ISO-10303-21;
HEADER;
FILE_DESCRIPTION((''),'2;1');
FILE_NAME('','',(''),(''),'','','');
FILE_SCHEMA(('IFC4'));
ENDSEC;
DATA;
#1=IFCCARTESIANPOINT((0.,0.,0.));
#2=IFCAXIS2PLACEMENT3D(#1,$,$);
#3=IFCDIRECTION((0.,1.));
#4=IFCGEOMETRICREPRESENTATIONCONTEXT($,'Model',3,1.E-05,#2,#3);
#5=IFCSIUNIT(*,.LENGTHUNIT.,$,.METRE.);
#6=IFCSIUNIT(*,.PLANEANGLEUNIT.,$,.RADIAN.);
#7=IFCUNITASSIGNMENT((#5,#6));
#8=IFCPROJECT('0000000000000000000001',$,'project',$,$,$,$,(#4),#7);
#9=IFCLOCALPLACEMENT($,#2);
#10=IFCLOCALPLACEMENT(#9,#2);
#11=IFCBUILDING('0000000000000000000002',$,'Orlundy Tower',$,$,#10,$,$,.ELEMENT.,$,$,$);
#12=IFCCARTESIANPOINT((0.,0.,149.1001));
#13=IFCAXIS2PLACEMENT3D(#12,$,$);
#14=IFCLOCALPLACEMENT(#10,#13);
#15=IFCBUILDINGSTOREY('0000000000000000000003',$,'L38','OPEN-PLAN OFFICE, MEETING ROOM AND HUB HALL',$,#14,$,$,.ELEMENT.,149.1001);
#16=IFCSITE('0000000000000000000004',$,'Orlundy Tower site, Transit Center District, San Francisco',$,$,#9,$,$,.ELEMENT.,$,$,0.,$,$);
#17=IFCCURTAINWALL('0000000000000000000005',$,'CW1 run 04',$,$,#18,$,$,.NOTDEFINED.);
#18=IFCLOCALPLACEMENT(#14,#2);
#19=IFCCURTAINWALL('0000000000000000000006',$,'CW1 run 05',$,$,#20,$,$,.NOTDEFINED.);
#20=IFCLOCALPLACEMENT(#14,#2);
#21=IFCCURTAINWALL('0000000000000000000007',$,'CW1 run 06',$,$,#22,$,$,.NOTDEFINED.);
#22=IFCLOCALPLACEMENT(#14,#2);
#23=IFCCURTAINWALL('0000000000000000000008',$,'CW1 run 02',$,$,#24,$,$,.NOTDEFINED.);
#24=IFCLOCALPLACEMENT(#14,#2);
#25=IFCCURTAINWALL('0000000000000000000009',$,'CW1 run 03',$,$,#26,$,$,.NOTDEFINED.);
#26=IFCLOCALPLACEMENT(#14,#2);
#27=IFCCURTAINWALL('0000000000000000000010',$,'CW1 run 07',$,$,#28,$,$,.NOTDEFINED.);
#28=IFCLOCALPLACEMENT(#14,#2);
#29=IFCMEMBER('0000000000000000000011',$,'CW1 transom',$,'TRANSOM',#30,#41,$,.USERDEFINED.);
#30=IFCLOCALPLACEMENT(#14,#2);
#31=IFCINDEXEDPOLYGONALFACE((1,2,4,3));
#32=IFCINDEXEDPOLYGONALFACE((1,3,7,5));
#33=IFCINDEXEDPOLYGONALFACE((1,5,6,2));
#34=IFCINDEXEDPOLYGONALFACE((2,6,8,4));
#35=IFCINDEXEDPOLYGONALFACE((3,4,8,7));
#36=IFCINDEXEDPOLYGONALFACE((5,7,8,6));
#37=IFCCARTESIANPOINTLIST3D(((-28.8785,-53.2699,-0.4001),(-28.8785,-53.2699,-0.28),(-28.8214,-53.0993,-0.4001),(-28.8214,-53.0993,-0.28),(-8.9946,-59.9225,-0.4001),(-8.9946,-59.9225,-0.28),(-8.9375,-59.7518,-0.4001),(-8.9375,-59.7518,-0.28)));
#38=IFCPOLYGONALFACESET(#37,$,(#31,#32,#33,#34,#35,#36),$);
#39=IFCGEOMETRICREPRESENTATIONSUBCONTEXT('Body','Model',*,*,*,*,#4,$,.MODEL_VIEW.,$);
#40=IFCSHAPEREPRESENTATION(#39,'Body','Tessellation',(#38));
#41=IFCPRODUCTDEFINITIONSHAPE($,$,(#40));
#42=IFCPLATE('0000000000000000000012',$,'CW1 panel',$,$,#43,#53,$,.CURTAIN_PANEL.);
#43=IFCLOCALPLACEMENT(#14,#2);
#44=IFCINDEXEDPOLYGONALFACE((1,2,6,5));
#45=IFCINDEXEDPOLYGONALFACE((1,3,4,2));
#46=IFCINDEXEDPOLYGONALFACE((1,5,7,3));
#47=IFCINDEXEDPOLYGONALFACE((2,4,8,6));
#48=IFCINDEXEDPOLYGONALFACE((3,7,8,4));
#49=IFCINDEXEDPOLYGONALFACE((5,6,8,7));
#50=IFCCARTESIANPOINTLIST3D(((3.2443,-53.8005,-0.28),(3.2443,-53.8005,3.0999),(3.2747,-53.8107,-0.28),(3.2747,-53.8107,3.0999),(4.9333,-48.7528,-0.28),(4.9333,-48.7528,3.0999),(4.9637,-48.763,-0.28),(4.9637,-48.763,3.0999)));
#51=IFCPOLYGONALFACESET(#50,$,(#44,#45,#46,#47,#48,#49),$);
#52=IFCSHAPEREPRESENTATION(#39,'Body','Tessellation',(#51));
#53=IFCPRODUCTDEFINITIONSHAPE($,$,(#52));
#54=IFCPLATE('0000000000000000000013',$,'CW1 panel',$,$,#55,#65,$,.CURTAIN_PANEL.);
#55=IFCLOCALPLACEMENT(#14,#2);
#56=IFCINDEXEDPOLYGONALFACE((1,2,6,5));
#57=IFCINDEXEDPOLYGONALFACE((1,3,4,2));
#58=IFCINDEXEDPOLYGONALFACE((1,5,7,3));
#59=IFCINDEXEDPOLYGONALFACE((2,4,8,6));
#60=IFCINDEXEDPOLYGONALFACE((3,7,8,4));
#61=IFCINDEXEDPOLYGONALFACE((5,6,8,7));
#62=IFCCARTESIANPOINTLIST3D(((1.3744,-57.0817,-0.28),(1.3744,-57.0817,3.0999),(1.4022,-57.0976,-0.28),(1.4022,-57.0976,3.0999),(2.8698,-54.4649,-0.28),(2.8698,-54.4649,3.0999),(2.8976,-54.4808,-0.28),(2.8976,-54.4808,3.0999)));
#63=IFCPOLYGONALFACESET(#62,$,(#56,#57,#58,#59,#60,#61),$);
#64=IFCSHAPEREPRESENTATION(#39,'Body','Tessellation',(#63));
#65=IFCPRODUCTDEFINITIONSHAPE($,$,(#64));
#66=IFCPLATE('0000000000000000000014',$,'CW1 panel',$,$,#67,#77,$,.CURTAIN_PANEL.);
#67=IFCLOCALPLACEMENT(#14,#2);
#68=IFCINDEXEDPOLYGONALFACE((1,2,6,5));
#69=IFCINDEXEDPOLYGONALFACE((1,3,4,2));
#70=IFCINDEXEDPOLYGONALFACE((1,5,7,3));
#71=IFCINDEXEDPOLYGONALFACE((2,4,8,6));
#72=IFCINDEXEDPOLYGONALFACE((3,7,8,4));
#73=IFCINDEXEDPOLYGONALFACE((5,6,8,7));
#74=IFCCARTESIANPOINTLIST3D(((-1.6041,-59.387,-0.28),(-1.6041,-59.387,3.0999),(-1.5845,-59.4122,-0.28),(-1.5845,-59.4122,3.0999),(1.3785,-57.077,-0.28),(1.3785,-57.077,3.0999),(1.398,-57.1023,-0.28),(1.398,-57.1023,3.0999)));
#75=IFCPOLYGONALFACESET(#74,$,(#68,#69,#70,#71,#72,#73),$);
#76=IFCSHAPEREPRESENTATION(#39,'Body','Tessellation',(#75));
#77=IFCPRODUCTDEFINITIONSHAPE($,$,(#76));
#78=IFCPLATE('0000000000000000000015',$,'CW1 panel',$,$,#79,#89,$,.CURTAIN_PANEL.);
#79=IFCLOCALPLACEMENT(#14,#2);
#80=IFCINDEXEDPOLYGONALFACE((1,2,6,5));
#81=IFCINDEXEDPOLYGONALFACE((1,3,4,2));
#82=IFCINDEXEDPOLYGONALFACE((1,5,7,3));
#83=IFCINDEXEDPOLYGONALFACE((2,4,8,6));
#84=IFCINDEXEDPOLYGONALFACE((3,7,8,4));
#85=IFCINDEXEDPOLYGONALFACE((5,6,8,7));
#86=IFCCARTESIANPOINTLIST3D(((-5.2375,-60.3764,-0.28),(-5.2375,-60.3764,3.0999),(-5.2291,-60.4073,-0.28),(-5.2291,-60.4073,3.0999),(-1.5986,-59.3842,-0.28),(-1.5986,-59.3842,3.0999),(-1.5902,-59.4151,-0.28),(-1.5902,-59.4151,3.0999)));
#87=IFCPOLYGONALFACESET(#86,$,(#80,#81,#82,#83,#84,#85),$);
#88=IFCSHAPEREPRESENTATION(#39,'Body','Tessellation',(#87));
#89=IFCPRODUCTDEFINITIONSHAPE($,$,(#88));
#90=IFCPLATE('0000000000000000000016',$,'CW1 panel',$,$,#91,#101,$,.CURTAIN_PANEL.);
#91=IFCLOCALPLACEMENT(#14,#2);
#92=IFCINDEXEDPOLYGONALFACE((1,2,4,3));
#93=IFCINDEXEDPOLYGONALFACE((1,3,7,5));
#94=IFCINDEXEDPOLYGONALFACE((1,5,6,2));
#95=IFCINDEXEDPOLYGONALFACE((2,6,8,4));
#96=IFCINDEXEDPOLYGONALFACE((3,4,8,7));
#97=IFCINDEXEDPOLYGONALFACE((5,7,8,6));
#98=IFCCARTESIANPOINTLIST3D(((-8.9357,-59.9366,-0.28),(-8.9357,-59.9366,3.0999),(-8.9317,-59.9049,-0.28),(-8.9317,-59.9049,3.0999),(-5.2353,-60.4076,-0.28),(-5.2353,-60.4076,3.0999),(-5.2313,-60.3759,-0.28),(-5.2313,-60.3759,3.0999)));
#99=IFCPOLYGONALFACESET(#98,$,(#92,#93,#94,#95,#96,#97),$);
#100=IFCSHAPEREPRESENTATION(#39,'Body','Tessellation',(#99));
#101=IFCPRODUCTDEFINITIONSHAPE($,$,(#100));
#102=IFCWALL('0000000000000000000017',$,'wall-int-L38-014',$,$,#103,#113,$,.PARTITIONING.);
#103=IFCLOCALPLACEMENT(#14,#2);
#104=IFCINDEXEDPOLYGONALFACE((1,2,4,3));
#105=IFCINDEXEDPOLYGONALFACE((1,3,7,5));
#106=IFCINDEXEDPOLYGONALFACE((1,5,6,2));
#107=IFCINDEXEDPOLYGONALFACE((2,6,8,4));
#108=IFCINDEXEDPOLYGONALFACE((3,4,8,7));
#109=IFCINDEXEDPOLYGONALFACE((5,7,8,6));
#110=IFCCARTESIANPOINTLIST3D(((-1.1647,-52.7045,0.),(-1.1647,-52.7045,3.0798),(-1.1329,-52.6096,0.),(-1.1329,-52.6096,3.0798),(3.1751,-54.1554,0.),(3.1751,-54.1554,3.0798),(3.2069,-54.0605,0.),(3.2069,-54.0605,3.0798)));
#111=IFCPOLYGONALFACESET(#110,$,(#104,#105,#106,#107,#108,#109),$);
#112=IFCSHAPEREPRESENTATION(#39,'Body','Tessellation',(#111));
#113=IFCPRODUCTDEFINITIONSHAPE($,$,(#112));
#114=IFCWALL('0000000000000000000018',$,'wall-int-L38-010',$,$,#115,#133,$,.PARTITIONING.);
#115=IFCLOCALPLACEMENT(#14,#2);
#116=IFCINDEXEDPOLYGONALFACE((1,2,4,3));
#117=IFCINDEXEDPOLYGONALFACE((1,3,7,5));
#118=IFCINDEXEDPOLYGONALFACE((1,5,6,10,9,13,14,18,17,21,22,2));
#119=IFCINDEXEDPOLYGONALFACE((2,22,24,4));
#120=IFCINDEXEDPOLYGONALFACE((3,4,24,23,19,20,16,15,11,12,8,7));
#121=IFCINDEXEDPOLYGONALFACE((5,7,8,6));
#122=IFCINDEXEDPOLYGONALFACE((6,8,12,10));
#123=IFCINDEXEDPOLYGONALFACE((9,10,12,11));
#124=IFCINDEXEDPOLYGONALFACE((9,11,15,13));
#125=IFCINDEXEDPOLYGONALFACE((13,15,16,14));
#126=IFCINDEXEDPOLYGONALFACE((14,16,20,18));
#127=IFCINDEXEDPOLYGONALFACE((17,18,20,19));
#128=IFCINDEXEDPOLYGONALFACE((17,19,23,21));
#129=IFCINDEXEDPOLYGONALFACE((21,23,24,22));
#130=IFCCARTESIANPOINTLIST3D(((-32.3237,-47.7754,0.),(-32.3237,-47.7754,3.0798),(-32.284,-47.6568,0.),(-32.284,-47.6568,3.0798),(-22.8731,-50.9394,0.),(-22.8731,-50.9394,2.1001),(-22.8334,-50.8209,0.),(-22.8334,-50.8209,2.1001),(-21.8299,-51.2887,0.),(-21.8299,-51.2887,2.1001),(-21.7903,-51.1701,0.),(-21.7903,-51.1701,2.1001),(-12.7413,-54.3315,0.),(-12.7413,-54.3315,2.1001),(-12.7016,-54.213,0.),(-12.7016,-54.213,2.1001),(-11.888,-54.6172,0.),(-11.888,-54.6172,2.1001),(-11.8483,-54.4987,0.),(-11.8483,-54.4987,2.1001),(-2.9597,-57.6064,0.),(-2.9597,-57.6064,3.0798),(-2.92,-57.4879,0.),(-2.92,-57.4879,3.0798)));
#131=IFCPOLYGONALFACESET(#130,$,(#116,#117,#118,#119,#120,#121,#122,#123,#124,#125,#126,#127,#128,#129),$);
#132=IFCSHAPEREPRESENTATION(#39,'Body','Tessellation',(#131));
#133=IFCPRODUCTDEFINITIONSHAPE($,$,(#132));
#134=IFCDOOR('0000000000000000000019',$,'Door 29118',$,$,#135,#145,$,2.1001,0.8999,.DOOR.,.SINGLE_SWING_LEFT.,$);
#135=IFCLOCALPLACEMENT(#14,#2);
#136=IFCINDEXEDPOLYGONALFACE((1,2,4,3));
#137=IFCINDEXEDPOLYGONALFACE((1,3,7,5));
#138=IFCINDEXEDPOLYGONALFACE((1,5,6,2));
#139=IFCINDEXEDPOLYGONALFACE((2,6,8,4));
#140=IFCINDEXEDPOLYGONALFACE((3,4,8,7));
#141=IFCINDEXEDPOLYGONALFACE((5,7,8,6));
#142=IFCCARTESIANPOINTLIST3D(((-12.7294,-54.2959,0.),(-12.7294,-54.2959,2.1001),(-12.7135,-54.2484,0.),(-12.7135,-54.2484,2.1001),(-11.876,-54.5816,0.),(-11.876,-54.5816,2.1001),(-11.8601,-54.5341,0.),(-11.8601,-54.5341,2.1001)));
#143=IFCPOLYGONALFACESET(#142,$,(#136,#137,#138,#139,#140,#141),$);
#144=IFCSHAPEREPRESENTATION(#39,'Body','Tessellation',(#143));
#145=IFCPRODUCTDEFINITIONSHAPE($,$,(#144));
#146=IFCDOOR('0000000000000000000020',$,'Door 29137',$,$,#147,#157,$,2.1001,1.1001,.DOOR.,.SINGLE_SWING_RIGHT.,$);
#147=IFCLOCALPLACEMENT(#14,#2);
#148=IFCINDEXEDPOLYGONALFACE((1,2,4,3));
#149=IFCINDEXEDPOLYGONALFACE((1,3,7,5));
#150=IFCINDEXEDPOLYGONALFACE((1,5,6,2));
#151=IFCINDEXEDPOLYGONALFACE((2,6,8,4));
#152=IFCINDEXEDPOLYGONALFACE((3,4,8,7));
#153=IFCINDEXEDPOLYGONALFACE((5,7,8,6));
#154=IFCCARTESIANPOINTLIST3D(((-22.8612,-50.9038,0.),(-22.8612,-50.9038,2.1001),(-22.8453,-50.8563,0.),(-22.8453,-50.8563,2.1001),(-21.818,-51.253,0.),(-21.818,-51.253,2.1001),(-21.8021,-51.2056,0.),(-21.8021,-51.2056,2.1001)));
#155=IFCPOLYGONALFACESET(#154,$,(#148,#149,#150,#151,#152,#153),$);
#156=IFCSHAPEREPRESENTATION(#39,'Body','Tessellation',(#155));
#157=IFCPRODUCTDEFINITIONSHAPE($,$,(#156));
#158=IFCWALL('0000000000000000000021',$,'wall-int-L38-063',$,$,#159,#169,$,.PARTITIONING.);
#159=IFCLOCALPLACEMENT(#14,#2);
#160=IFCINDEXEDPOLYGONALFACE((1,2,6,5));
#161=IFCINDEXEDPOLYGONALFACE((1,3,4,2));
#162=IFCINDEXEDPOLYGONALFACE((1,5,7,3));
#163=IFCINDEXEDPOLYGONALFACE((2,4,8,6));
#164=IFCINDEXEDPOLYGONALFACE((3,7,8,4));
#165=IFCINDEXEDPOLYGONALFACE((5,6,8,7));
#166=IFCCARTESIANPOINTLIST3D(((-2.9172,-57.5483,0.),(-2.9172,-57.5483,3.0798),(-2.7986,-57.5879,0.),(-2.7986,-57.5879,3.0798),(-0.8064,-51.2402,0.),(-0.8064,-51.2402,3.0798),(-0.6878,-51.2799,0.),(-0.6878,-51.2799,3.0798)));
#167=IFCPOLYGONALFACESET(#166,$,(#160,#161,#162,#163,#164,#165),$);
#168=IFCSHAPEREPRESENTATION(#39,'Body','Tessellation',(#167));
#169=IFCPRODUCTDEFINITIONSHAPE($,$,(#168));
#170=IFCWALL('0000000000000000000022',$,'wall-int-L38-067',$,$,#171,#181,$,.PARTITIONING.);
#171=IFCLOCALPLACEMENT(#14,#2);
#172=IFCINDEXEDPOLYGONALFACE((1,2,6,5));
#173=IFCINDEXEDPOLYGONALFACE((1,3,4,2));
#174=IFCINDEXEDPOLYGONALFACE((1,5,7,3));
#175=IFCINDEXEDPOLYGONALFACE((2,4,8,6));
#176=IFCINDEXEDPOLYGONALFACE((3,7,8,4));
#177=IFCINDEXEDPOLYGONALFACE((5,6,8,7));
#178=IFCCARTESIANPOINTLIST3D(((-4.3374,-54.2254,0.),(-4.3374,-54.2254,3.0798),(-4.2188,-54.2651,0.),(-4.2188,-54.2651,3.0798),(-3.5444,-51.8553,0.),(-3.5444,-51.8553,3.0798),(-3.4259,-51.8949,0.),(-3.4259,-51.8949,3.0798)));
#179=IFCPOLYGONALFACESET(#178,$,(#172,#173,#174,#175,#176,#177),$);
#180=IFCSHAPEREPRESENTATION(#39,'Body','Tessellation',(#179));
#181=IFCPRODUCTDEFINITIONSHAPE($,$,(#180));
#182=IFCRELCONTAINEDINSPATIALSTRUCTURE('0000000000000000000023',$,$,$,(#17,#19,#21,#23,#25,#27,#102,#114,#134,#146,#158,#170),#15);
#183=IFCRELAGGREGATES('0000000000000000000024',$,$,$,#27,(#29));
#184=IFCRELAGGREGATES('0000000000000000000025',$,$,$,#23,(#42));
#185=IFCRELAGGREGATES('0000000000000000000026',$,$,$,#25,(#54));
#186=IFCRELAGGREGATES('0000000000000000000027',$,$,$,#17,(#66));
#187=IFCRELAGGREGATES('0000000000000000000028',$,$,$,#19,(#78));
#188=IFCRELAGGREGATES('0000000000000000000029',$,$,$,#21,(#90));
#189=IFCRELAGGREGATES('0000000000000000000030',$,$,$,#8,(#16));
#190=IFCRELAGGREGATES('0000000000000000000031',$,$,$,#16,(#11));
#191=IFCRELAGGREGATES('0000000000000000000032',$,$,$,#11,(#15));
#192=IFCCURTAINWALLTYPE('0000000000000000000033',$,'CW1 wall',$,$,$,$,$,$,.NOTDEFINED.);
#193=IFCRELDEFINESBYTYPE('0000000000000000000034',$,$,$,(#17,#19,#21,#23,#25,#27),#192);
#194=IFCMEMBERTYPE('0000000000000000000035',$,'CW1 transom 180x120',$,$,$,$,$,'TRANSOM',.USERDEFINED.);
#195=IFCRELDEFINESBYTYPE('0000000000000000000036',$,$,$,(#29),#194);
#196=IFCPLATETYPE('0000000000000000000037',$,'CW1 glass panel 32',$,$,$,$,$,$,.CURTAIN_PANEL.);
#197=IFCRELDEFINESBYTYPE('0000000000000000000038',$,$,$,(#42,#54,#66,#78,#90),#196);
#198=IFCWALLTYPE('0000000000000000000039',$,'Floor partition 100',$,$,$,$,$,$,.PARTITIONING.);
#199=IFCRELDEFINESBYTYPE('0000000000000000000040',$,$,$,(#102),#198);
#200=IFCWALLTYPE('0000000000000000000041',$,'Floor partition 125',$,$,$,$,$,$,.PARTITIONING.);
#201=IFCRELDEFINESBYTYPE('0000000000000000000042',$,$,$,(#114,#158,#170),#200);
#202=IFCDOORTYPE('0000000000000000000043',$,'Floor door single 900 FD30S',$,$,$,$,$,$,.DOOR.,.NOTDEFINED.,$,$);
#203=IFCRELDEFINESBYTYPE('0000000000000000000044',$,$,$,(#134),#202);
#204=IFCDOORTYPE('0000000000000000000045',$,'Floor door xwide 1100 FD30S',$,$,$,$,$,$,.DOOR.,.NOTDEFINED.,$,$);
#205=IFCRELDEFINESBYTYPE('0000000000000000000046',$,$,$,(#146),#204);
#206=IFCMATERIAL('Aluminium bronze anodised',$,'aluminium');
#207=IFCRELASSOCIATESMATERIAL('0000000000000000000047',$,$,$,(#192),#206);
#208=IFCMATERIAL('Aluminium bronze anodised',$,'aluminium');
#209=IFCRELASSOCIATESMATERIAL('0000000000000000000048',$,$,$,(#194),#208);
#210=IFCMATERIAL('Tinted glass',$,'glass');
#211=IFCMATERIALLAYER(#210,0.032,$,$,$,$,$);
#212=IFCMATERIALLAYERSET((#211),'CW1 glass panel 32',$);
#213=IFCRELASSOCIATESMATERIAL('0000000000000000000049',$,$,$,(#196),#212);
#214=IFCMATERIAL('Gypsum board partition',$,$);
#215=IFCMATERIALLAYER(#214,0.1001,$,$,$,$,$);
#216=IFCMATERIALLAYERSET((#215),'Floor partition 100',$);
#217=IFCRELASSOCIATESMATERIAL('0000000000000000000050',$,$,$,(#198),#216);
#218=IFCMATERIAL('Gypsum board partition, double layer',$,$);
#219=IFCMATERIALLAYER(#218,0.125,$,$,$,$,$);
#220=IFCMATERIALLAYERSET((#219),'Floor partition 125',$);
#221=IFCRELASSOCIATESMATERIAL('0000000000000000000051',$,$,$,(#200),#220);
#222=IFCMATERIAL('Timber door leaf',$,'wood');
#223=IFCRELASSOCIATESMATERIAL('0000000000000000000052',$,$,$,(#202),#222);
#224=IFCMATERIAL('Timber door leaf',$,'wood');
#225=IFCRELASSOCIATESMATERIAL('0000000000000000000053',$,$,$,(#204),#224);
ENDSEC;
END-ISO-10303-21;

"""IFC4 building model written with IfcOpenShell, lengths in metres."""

from ifc_helpers import new_model, si_unit, direction, frame, frame_2d, origin, origin_2d, place, context, subcontext, project, spatial, rectangle, extrude, material, layer, layer_set, material_profile, profile_set, type_object, element, fill, aggregate, save


model = new_model("IFC4")

# Units and contexts
model_context = context("Model", 3, precision=1e-05, world=origin(), true_north=direction((0.0, 1.0)))
body_context = subcontext(model_context, "Body", "Model", "MODEL_VIEW")
ifc_project = project(units=[si_unit("LENGTHUNIT", "METRE"), si_unit("PLANEANGLEUNIT", "RADIAN")], contexts=[model_context])

# Site, building, storey
site_placement = place(None, origin())
site = spatial("IfcSite", under=ifc_project, at=site_placement, Name="Orlundy Tower site, Transit Center District, San Francisco", CompositionType="ELEMENT", RefElevation=0.0)
building_placement = place(site_placement, origin())
building = spatial("IfcBuilding", under=site, at=building_placement, Name="Orlundy Tower", CompositionType="ELEMENT")
storey_placement = place(building_placement, frame((0.0, 0.0, 149.1001)))
storey = spatial("IfcBuildingStorey", under=building, at=storey_placement, Name="L38", Description="OPEN-PLAN OFFICE, MEETING ROOM AND HUB HALL", CompositionType="ELEMENT", Elevation=149.1001)

# Curtain walls
ifc_material_1 = material(Name="Aluminium bronze anodised", Category="aluminium")
curtain_wall_type = type_object("IfcCurtainWallType", Name="CW1 wall", PredefinedType="NOTDEFINED", material=ifc_material_1)
curtain_wall_1_placement = place(storey_placement, origin())
curtain_wall_1 = element("IfcCurtainWall", 1, at=curtain_wall_1_placement, inside=storey, type_object=curtain_wall_type, Name="CW1 run 04", PredefinedType="NOTDEFINED")
curtain_wall_2_placement = place(storey_placement, origin())
curtain_wall_2 = element("IfcCurtainWall", 2, at=curtain_wall_2_placement, inside=storey, type_object=curtain_wall_type, Name="CW1 run 05", PredefinedType="NOTDEFINED")
curtain_wall_3_placement = place(storey_placement, origin())
curtain_wall_3 = element("IfcCurtainWall", 3, at=curtain_wall_3_placement, inside=storey, type_object=curtain_wall_type, Name="CW1 run 06", PredefinedType="NOTDEFINED")
curtain_wall_4_placement = place(storey_placement, origin())
curtain_wall_4 = element("IfcCurtainWall", 4, at=curtain_wall_4_placement, inside=storey, type_object=curtain_wall_type, Name="CW1 run 02", PredefinedType="NOTDEFINED")
curtain_wall_5_placement = place(storey_placement, origin())
curtain_wall_5 = element("IfcCurtainWall", 5, at=curtain_wall_5_placement, inside=storey, type_object=curtain_wall_type, Name="CW1 run 03", PredefinedType="NOTDEFINED")
curtain_wall_6_placement = place(storey_placement, origin())
curtain_wall_6 = element("IfcCurtainWall", 6, at=curtain_wall_6_placement, inside=storey, type_object=curtain_wall_type, Name="CW1 run 07", PredefinedType="NOTDEFINED")

# Member
ifc_material_2 = material(Name="Aluminium bronze anodised", Category="aluminium")
ifc_material_profile_1 = material_profile(ifc_material_2, rectangle(XDim=0.1799, YDim=0.1201, at=origin_2d()), Name="CW1 transom 180x120")
ifc_profile_set_1 = profile_set([ifc_material_profile_1], Name="Aluminium bronze anodised")
member_type_1 = type_object("IfcMemberType", Name="CW1 transom 180x120", ElementType="TRANSOM", PredefinedType="USERDEFINED", material=ifc_profile_set_1)
member_1_placement = place(storey_placement, frame((-8.9661, -59.8372, -0.3401), z_axis=(-0.948331, 0.317283, 0.0), x_axis=(-0.317283, -0.948331, 0.0)))
member_1 = element("IfcMember", 7, at=member_1_placement, type_object=member_type_1, Name="CW1 transom", ObjectType="TRANSOM", PredefinedType="USERDEFINED", context=body_context, shape_type="SweptSolid", body=[
    extrude(rectangle(XDim=0.1799, YDim=0.1201, at=origin_2d()), origin(), (0.0, 0.0, 1.0), 20.9673),
])
aggregate(curtain_wall_6, [member_1])

# Plates
ifc_material_3 = material(Name="Tinted glass", Category="glass")
ifc_layer_1 = layer(ifc_material_3, 0.032)
ifc_layer_set_1 = layer_set([ifc_layer_1], Name="CW1 glass panel 32")
plate_type = type_object("IfcPlateType", Name="CW1 glass panel 32", PredefinedType="CURTAIN_PANEL", material=ifc_layer_set_1)
plate_1_placement = place(storey_placement, frame((4.104, -51.2817, -0.28), z_axis=(0.0, 0.0, 1.0), x_axis=(-0.317314, -0.948321, 0.0)))
plate_1 = element("IfcPlate", 8, at=plate_1_placement, type_object=plate_type, Name="CW1 panel", PredefinedType="CURTAIN_PANEL", context=body_context, shape_type="SweptSolid", body=[
    extrude(rectangle(XDim=5.3228, YDim=0.032, at=origin_2d()), origin(), (0.0, 0.0, 1.0), 3.3799),
])
aggregate(curtain_wall_4, [plate_1])
plate_2_placement = place(storey_placement, frame((2.136, -55.7812, -0.28), z_axis=(0.0, 0.0, 1.0), x_axis=(-0.496168, -0.868227, 0.0)))
plate_2 = element("IfcPlate", 9, at=plate_2_placement, type_object=plate_type, Name="CW1 panel", PredefinedType="CURTAIN_PANEL", context=body_context, shape_type="SweptSolid", body=[
    extrude(rectangle(XDim=3.0139, YDim=0.032, at=origin_2d()), origin(), (0.0, 0.0, 1.0), 3.3799),
])
aggregate(curtain_wall_5, [plate_2])
plate_3_placement = place(storey_placement, frame((-0.103, -58.2446, -0.28), z_axis=(0.0, 0.0, 1.0), x_axis=(-0.790614, -0.612315, 0.0)))
plate_3 = element("IfcPlate", 10, at=plate_3_placement, type_object=plate_type, Name="CW1 panel", PredefinedType="CURTAIN_PANEL", context=body_context, shape_type="SweptSolid", body=[
    extrude(rectangle(XDim=3.7725, YDim=0.032, at=origin_2d()), origin(), (0.0, 0.0, 1.0), 3.3799),
])
aggregate(curtain_wall_1, [plate_3])
plate_4_placement = place(storey_placement, frame((-3.4138, -59.8958, -0.28), z_axis=(0.0, 0.0, 1.0), x_axis=(-0.964782, -0.263049, 0.0)))
plate_4 = element("IfcPlate", 11, at=plate_4_placement, type_object=plate_type, Name="CW1 panel", PredefinedType="CURTAIN_PANEL", context=body_context, shape_type="SweptSolid", body=[
    extrude(rectangle(XDim=3.7717, YDim=0.032, at=origin_2d()), origin(), (0.0, 0.0, 1.0), 3.3799),
])
aggregate(curtain_wall_2, [plate_4])
plate_5_placement = place(storey_placement, frame((-7.0835, -60.1562, -0.28), z_axis=(0.0, 0.0, 1.0), x_axis=(-0.991997, 0.126259, 0.0)))
plate_5 = element("IfcPlate", 12, at=plate_5_placement, type_object=plate_type, Name="CW1 panel", PredefinedType="CURTAIN_PANEL", context=body_context, shape_type="SweptSolid", body=[
    extrude(rectangle(XDim=3.7302, YDim=0.032, at=origin_2d()), origin(), (0.0, 0.0, 1.0), 3.3799),
])
aggregate(curtain_wall_3, [plate_5])

# Wall
ifc_material_4 = material(Name="Gypsum board partition")
ifc_layer_2 = layer(ifc_material_4, 0.1001)
ifc_layer_set_2 = layer_set([ifc_layer_2], Name="Floor partition 100")
wall_type_1 = type_object("IfcWallType", Name="Floor partition 100", PredefinedType="PARTITIONING", material=ifc_layer_set_2)
wall_1_placement = place(storey_placement, frame((-1.1489, -52.657, 0.0), z_axis=(0.0, 0.0, 1.0), x_axis=(0.9484, -0.317076, 0.0)))
element("IfcWall", 13, at=wall_1_placement, inside=storey, type_object=wall_type_1, Name="wall-int-L38-014", PredefinedType="PARTITIONING", context=body_context, shape_type="SweptSolid", body=[
    extrude(rectangle(XDim=4.5759, YDim=0.1001, at=frame_2d((2.2881, 0.0))), origin(), (0.0, 0.0, 1.0), 3.0798),
])

# Wall, openings, doors
ifc_material_5 = material(Name="Gypsum board partition, double layer")
ifc_layer_3 = layer(ifc_material_5, 0.125)
ifc_layer_set_3 = layer_set([ifc_layer_3], Name="Floor partition 125")
wall_type_2 = type_object("IfcWallType", Name="Floor partition 125", PredefinedType="PARTITIONING", material=ifc_layer_set_3)
wall_2_placement = place(storey_placement, frame((-2.9399, -57.5471, 0.0), z_axis=(0.0, 0.0, 1.0), x_axis=(-0.948265, 0.317479, 0.0)))
wall_2 = element("IfcWall", 14, at=wall_2_placement, inside=storey, type_object=wall_type_2, Name="wall-int-L38-010", PredefinedType="PARTITIONING", context=body_context, shape_type="SweptSolid", body=[
    extrude(rectangle(XDim=30.9661, YDim=0.125, at=frame_2d((15.4829, 0.0))), origin(), (0.0, 0.0, 1.0), 3.0798),
])
opening_1_placement = place(wall_2_placement, frame((9.4153, 0.0, 0.0)))
opening_1 = element("IfcOpeningElement", 15, at=opening_1_placement, cuts=wall_2, PredefinedType="OPENING", context=body_context, shape_type="SweptSolid", body=[
    extrude(rectangle(XDim=0.8999, YDim=2.1001, at=frame_2d((0.45, 1.05))), frame((0.0, 0.0725, 0.0), z_axis=(0.0, -1.0, 0.0), x_axis=(1.0, 0.0, 0.0)), (0.0, 0.0, 1.0), 0.145),
])
opening_2_placement = place(wall_2_placement, frame((19.8997, 0.0, 0.0)))
opening_2 = element("IfcOpeningElement", 16, at=opening_2_placement, cuts=wall_2, PredefinedType="OPENING", context=body_context, shape_type="SweptSolid", body=[
    extrude(rectangle(XDim=1.1001, YDim=2.1001, at=frame_2d((0.55, 1.05))), frame((0.0, 0.0725, 0.0), z_axis=(0.0, -1.0, 0.0), x_axis=(1.0, 0.0, 0.0)), (0.0, 0.0, 1.0), 0.145),
])
ifc_material_6 = material(Name="Timber door leaf", Category="wood")
door_type_1 = type_object("IfcDoorType", Name="Floor door single 900 FD30S", OperationType="NOTDEFINED", PredefinedType="DOOR", material=ifc_material_6)
door_1_placement = place(opening_1_placement, origin())
door_1 = element("IfcDoor", 17, at=door_1_placement, inside=storey, type_object=door_type_1, Name="Door 29118", OperationType="SINGLE_SWING_LEFT", OverallHeight=2.1001, OverallWidth=0.8999, PredefinedType="DOOR", context=body_context, shape_type="SweptSolid", body=[
    extrude(rectangle(XDim=0.8999, YDim=2.1001, at=frame_2d((0.45, 1.05))), frame((0.0, 0.0249, 0.0), z_axis=(0.0, -1.0, 0.0), x_axis=(1.0, 0.0, 0.0)), (0.0, 0.0, 1.0), 0.05),
])
fill(opening_1, door_1)
ifc_material_7 = material(Name="Timber door leaf", Category="wood")
door_type_2 = type_object("IfcDoorType", Name="Floor door xwide 1100 FD30S", OperationType="NOTDEFINED", PredefinedType="DOOR", material=ifc_material_7)
door_2_placement = place(opening_2_placement, origin())
door_2 = element("IfcDoor", 18, at=door_2_placement, inside=storey, type_object=door_type_2, Name="Door 29137", OperationType="SINGLE_SWING_RIGHT", OverallHeight=2.1001, OverallWidth=1.1001, PredefinedType="DOOR", context=body_context, shape_type="SweptSolid", body=[
    extrude(rectangle(XDim=1.1001, YDim=2.1001, at=frame_2d((0.55, 1.05))), frame((0.0, 0.0249, 0.0), z_axis=(0.0, -1.0, 0.0), x_axis=(1.0, 0.0, 0.0)), (0.0, 0.0, 1.0), 0.05),
])
fill(opening_2, door_2)

# Walls
wall_3_placement = place(storey_placement, frame((-2.8579, -57.5681, 0.0), z_axis=(0.0, 0.0, 1.0), x_axis=(0.317329, 0.948316, 0.0)))
element("IfcWall", 19, at=wall_3_placement, inside=storey, type_object=wall_type_2, Name="wall-int-L38-063", PredefinedType="PARTITIONING", context=body_context, shape_type="SweptSolid", body=[
    extrude(rectangle(XDim=6.6519, YDim=0.125, at=frame_2d((3.3259, 0.0))), origin(), (0.0, 0.0, 1.0), 3.0798),
])
wall_4_placement = place(storey_placement, frame((-4.2781, -54.2451, 0.0), z_axis=(0.0, 0.0, 1.0), x_axis=(0.317283, 0.948331, 0.0)))
element("IfcWall", 20, at=wall_4_placement, inside=storey, type_object=wall_type_2, Name="wall-int-L38-067", PredefinedType="PARTITIONING", context=body_context, shape_type="SweptSolid", body=[
    extrude(rectangle(XDim=2.4993, YDim=0.125, at=frame_2d((1.2495, 0.0))), origin(), (0.0, 0.0, 1.0), 3.0798),
])

save(model, "model.ifc")
